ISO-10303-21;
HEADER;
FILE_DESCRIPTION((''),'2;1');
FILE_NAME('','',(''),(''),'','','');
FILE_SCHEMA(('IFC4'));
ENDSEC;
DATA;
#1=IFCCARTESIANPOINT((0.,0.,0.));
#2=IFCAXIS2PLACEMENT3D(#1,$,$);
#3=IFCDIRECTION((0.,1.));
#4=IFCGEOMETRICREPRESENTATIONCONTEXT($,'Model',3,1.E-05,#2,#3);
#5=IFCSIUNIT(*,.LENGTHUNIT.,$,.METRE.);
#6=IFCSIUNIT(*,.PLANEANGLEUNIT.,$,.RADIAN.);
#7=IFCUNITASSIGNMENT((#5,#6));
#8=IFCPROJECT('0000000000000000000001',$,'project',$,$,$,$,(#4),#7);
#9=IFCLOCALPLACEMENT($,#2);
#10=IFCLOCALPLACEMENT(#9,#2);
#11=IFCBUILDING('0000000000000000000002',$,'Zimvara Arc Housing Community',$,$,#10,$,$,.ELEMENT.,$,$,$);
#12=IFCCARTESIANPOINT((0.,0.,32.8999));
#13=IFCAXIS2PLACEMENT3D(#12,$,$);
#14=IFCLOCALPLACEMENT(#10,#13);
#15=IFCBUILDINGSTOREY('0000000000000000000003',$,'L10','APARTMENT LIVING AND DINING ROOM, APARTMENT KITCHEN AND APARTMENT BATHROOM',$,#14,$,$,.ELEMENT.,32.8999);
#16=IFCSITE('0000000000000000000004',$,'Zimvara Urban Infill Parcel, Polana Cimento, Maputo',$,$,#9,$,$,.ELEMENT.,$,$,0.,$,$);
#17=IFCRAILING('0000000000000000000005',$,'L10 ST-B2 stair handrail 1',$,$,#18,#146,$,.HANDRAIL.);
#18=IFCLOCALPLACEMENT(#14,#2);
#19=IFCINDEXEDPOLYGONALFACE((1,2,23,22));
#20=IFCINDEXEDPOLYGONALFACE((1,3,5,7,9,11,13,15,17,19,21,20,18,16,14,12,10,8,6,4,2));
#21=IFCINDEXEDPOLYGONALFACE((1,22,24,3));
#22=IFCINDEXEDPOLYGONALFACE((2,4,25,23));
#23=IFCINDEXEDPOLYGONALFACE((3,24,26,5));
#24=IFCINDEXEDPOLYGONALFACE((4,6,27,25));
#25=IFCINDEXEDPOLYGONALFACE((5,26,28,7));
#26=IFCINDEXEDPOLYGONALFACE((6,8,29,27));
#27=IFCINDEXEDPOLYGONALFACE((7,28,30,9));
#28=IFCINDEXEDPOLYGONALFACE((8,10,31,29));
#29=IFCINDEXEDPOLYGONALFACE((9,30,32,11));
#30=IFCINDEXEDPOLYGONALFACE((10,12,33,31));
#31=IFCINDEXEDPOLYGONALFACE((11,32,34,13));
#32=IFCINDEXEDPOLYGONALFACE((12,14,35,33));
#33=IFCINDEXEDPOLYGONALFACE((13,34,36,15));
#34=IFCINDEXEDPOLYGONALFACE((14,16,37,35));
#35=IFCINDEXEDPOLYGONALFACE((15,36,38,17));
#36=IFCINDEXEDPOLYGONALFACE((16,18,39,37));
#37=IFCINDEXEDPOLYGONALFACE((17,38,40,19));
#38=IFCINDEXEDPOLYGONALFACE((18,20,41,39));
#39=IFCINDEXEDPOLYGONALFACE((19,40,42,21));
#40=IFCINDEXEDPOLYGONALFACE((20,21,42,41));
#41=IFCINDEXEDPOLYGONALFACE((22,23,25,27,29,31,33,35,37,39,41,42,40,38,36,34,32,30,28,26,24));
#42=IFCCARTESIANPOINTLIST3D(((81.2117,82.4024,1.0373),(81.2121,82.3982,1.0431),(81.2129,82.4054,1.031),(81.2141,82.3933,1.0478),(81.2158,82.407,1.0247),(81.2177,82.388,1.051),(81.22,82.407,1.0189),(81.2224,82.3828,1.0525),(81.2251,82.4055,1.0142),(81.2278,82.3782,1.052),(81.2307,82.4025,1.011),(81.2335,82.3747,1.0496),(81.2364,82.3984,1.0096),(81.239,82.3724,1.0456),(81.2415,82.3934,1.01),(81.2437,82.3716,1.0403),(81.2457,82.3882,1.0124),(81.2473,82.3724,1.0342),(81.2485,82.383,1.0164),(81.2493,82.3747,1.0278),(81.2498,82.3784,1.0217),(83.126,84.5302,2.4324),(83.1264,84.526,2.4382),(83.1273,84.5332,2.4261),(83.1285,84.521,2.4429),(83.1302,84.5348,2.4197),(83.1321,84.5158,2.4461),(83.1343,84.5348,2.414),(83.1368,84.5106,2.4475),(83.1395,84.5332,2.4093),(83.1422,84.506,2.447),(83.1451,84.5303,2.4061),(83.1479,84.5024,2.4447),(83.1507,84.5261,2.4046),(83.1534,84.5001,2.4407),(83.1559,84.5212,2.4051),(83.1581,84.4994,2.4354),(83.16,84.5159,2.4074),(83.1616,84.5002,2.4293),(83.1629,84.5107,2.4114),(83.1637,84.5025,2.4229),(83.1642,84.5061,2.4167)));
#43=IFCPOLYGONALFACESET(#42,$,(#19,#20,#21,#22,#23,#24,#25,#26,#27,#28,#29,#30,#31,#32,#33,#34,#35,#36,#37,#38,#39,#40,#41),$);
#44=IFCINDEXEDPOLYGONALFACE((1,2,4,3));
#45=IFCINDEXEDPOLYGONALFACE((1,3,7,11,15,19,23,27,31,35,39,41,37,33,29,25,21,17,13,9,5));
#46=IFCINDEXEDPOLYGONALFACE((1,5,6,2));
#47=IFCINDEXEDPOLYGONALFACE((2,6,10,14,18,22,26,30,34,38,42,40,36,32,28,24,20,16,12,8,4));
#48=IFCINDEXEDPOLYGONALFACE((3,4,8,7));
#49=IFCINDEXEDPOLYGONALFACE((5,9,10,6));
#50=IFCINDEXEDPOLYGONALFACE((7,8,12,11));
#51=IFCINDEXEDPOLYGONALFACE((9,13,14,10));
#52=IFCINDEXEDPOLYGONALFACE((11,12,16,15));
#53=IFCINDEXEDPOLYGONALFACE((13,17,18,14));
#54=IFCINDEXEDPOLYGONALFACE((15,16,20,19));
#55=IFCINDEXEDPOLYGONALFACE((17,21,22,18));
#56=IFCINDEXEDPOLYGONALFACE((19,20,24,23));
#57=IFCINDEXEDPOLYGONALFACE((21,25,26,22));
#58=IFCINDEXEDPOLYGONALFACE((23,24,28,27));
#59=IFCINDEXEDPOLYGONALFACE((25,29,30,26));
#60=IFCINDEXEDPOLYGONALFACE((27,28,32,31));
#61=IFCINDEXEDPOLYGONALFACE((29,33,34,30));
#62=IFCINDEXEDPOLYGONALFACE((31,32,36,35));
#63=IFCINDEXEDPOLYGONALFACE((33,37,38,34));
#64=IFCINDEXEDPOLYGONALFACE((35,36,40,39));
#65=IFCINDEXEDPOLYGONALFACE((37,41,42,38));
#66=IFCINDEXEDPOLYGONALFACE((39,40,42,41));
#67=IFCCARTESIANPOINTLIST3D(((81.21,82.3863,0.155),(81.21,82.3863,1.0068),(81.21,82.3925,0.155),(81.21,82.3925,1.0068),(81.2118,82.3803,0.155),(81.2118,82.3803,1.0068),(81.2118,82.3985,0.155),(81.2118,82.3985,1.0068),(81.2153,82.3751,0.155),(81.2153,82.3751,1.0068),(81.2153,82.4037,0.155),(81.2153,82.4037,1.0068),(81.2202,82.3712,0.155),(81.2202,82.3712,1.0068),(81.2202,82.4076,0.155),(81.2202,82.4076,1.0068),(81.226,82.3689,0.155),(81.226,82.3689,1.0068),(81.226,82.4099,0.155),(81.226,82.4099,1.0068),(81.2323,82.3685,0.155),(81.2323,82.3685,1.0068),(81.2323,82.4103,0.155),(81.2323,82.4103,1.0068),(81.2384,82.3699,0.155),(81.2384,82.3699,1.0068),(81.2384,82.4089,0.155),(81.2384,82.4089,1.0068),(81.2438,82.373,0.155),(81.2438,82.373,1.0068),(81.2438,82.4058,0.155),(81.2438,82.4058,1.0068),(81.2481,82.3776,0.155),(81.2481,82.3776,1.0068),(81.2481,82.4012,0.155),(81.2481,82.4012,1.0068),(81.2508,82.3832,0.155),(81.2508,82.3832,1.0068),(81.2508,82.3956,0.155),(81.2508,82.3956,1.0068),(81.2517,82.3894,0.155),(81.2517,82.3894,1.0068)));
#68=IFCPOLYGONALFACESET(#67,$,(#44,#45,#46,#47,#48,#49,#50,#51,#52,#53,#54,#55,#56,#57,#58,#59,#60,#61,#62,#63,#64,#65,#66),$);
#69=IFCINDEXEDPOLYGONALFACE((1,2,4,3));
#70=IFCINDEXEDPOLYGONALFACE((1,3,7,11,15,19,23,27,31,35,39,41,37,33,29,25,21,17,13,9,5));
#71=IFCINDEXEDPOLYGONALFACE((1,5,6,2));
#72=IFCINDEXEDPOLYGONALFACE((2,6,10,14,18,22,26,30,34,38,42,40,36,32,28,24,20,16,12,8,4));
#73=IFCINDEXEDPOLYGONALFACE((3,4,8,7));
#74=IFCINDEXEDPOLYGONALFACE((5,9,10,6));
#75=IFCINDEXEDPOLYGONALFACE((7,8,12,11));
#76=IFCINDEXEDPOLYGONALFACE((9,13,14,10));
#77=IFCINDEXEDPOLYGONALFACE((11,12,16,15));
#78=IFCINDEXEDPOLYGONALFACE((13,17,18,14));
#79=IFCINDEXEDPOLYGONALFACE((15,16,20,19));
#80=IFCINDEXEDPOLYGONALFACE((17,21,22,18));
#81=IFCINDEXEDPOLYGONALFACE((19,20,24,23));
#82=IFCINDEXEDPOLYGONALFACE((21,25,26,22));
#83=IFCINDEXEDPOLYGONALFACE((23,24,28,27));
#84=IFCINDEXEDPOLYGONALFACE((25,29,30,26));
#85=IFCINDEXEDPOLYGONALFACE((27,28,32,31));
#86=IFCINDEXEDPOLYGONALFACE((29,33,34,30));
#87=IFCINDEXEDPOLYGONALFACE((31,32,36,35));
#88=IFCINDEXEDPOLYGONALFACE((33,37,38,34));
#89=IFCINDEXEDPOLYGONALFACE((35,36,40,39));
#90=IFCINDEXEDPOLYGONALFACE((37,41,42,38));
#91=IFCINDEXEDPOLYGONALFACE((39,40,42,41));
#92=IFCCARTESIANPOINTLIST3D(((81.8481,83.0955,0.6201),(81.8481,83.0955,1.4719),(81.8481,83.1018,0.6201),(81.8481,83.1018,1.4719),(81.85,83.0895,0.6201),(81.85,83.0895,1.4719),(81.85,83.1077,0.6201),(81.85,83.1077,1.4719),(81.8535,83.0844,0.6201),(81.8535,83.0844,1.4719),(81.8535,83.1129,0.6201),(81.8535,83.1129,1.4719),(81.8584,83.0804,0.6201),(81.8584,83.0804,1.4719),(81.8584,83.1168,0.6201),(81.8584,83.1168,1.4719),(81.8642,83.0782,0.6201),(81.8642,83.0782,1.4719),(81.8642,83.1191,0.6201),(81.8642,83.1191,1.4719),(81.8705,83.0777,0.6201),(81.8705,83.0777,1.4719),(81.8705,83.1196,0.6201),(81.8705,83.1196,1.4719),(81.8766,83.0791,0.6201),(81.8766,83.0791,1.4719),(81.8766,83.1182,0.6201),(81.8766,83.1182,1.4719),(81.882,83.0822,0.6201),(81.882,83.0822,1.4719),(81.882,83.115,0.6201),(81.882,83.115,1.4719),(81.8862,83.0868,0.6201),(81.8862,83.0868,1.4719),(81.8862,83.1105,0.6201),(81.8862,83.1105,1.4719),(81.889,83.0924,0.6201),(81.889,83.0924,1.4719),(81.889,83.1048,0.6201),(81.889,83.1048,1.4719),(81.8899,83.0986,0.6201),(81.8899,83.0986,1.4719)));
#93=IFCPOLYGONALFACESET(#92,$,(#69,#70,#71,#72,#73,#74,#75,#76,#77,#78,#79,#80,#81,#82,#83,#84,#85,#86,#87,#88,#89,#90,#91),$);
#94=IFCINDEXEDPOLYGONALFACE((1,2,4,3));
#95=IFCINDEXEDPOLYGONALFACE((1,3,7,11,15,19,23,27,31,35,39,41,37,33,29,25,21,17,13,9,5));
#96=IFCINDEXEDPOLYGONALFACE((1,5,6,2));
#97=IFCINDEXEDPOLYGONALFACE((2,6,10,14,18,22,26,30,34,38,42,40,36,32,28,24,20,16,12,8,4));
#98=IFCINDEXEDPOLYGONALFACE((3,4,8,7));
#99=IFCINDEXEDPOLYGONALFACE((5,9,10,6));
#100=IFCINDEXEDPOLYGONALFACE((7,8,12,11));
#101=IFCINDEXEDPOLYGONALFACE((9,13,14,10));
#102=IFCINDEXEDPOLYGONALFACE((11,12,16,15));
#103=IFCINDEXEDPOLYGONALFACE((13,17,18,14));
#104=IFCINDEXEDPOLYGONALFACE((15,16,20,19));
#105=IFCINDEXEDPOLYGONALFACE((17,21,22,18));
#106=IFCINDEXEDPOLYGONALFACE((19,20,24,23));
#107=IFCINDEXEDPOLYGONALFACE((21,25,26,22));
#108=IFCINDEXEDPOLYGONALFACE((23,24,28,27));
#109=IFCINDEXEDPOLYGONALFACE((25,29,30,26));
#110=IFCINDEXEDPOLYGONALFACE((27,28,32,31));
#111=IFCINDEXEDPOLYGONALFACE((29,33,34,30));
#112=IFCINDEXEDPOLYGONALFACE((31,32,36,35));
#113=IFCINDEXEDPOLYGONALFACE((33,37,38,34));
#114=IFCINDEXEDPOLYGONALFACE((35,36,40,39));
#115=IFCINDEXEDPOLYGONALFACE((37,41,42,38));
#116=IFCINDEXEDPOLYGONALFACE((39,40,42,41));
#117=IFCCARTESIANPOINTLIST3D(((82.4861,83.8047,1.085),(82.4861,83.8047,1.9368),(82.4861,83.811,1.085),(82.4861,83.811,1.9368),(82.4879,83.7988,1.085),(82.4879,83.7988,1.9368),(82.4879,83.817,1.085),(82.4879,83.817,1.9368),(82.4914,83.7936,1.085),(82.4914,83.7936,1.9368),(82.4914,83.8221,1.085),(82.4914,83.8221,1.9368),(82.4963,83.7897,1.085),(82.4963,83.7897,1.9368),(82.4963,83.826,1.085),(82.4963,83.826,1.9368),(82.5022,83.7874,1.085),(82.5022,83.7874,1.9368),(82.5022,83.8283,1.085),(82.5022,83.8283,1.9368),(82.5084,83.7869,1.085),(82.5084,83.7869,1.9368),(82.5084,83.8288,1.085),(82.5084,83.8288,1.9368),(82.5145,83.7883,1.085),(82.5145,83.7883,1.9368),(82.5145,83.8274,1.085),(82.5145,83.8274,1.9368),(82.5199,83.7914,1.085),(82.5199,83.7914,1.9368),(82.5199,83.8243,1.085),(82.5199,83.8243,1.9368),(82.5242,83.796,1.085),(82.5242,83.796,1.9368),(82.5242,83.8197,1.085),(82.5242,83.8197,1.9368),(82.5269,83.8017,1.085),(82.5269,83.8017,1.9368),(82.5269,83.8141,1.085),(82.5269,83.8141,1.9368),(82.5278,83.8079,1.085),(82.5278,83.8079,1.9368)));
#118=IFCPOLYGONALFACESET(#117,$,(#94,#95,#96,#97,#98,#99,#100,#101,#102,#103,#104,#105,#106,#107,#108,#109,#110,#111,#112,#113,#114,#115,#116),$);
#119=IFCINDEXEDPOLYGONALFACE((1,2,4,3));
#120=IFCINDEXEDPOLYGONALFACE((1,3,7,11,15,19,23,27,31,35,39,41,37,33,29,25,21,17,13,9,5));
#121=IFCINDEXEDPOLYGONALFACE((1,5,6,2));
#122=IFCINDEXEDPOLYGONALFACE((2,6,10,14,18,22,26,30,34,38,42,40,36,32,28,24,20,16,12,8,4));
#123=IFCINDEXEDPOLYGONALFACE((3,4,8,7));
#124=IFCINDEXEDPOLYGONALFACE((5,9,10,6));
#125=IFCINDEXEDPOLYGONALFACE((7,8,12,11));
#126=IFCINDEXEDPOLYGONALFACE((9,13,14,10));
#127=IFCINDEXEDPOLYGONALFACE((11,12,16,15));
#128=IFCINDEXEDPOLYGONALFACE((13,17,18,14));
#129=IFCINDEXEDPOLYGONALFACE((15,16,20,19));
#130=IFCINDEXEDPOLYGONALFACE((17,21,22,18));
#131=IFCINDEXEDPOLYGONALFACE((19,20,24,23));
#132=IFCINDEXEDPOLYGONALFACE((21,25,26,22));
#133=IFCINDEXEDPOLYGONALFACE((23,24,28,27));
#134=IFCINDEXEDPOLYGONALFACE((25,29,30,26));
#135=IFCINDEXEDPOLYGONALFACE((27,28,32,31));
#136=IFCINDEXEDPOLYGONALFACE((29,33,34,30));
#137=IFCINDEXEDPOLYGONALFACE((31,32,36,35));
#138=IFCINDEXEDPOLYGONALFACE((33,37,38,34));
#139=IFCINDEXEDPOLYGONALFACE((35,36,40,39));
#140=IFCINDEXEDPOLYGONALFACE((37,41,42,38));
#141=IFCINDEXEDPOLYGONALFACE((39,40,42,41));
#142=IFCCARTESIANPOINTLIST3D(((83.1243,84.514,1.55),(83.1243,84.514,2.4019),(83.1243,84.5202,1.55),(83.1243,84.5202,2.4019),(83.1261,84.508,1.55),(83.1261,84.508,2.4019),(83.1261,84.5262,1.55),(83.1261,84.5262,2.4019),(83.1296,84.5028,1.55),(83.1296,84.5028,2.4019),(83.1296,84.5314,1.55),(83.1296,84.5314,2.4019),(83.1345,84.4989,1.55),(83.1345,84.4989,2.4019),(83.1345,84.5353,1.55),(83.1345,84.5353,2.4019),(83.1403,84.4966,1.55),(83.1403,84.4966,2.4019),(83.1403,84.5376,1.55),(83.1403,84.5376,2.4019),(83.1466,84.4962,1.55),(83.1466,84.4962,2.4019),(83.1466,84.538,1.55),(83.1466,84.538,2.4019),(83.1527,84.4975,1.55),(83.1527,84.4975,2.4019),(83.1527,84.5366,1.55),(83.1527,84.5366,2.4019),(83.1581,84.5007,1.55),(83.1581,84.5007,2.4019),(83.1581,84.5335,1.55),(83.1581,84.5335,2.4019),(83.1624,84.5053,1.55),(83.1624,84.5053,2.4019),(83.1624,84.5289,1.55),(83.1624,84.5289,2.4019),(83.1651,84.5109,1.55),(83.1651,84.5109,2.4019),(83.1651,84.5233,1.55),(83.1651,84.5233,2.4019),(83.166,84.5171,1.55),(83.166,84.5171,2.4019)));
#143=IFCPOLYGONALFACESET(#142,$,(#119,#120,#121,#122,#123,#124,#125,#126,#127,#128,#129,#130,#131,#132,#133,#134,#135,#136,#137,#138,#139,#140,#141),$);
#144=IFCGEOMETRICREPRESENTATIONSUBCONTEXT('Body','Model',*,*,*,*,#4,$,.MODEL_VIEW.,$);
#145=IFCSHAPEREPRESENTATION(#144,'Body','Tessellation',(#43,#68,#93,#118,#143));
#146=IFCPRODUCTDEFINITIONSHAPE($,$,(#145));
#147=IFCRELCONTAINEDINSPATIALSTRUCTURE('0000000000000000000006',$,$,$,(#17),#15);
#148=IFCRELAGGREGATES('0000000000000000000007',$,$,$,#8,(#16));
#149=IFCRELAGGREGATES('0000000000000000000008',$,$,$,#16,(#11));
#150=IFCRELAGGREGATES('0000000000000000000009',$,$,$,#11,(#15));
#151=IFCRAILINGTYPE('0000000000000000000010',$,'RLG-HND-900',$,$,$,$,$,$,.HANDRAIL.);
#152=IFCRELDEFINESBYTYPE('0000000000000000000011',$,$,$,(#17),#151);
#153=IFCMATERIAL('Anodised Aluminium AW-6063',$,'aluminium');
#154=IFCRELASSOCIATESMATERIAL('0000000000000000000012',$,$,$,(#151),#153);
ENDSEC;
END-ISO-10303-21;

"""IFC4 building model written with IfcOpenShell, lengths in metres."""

from ifc_helpers import new_model, si_unit, direction, frame, origin, origin_2d, place, context, subcontext, project, spatial, circle, extrude, material, type_object, element, save


model = new_model("IFC4")

# Units and contexts
model_context = context("Model", 3, precision=1e-05, world=origin(), true_north=direction((0.0, 1.0)))
body_context = subcontext(model_context, "Body", "Model", "MODEL_VIEW")
ifc_project = project(units=[si_unit("LENGTHUNIT", "METRE"), si_unit("PLANEANGLEUNIT", "RADIAN")], contexts=[model_context])

# Site, building, storey
site_placement = place(None, origin())
site = spatial("IfcSite", under=ifc_project, at=site_placement, Name="Zimvara Urban Infill Parcel, Polana Cimento, Maputo", CompositionType="ELEMENT", RefElevation=0.0)
building_placement = place(site_placement, origin())
building = spatial("IfcBuilding", under=site, at=building_placement, Name="Zimvara Arc Housing Community", CompositionType="ELEMENT")
storey_placement = place(building_placement, frame((0.0, 0.0, 32.8999)))
storey = spatial("IfcBuildingStorey", under=building, at=storey_placement, Name="L10", Description="APARTMENT LIVING AND DINING ROOM, APARTMENT KITCHEN AND APARTMENT BATHROOM", CompositionType="ELEMENT", Elevation=32.8999)

# Railing
ifc_material_1 = material(Name="Anodised Aluminium AW-6063", Category="aluminium")
railing_type_1 = type_object("IfcRailingType", Name="RLG-HND-900", PredefinedType="HANDRAIL", material=ifc_material_1)
railing_1_placement = place(storey_placement, frame((81.2307, 82.3894, 0.155)))
element("IfcRailing", 1, at=railing_1_placement, inside=storey, type_object=railing_type_1, Name="L10 ST-B2 stair handrail 1", PredefinedType="HANDRAIL", context=body_context, shape_type="SweptSolid", body=[
    extrude(circle(Radius=0.0239, at=origin_2d()), frame((0.0, 0.0, 0.876), z_axis=(0.601232, 0.668248, 0.438138), x_axis=(-0.7434, 0.668847, 0.0)), (0.0, 0.0, 1.0), 3.1841),
    extrude(circle(Radius=0.021, at=origin_2d()), origin(), (0.0, 0.0, 1.0), 0.8518),
    extrude(circle(Radius=0.021, at=origin_2d()), frame((0.6382, 0.7092, 0.4651)), (0.0, 0.0, 1.0), 0.8518),
    extrude(circle(Radius=0.021, at=origin_2d()), frame((1.2761, 1.4185, 0.9299)), (0.0, 0.0, 1.0), 0.8518),
    extrude(circle(Radius=0.021, at=origin_2d()), frame((1.9143, 2.1277, 1.395)), (0.0, 0.0, 1.0), 0.8518),
])

save(model, "model.ifc")
